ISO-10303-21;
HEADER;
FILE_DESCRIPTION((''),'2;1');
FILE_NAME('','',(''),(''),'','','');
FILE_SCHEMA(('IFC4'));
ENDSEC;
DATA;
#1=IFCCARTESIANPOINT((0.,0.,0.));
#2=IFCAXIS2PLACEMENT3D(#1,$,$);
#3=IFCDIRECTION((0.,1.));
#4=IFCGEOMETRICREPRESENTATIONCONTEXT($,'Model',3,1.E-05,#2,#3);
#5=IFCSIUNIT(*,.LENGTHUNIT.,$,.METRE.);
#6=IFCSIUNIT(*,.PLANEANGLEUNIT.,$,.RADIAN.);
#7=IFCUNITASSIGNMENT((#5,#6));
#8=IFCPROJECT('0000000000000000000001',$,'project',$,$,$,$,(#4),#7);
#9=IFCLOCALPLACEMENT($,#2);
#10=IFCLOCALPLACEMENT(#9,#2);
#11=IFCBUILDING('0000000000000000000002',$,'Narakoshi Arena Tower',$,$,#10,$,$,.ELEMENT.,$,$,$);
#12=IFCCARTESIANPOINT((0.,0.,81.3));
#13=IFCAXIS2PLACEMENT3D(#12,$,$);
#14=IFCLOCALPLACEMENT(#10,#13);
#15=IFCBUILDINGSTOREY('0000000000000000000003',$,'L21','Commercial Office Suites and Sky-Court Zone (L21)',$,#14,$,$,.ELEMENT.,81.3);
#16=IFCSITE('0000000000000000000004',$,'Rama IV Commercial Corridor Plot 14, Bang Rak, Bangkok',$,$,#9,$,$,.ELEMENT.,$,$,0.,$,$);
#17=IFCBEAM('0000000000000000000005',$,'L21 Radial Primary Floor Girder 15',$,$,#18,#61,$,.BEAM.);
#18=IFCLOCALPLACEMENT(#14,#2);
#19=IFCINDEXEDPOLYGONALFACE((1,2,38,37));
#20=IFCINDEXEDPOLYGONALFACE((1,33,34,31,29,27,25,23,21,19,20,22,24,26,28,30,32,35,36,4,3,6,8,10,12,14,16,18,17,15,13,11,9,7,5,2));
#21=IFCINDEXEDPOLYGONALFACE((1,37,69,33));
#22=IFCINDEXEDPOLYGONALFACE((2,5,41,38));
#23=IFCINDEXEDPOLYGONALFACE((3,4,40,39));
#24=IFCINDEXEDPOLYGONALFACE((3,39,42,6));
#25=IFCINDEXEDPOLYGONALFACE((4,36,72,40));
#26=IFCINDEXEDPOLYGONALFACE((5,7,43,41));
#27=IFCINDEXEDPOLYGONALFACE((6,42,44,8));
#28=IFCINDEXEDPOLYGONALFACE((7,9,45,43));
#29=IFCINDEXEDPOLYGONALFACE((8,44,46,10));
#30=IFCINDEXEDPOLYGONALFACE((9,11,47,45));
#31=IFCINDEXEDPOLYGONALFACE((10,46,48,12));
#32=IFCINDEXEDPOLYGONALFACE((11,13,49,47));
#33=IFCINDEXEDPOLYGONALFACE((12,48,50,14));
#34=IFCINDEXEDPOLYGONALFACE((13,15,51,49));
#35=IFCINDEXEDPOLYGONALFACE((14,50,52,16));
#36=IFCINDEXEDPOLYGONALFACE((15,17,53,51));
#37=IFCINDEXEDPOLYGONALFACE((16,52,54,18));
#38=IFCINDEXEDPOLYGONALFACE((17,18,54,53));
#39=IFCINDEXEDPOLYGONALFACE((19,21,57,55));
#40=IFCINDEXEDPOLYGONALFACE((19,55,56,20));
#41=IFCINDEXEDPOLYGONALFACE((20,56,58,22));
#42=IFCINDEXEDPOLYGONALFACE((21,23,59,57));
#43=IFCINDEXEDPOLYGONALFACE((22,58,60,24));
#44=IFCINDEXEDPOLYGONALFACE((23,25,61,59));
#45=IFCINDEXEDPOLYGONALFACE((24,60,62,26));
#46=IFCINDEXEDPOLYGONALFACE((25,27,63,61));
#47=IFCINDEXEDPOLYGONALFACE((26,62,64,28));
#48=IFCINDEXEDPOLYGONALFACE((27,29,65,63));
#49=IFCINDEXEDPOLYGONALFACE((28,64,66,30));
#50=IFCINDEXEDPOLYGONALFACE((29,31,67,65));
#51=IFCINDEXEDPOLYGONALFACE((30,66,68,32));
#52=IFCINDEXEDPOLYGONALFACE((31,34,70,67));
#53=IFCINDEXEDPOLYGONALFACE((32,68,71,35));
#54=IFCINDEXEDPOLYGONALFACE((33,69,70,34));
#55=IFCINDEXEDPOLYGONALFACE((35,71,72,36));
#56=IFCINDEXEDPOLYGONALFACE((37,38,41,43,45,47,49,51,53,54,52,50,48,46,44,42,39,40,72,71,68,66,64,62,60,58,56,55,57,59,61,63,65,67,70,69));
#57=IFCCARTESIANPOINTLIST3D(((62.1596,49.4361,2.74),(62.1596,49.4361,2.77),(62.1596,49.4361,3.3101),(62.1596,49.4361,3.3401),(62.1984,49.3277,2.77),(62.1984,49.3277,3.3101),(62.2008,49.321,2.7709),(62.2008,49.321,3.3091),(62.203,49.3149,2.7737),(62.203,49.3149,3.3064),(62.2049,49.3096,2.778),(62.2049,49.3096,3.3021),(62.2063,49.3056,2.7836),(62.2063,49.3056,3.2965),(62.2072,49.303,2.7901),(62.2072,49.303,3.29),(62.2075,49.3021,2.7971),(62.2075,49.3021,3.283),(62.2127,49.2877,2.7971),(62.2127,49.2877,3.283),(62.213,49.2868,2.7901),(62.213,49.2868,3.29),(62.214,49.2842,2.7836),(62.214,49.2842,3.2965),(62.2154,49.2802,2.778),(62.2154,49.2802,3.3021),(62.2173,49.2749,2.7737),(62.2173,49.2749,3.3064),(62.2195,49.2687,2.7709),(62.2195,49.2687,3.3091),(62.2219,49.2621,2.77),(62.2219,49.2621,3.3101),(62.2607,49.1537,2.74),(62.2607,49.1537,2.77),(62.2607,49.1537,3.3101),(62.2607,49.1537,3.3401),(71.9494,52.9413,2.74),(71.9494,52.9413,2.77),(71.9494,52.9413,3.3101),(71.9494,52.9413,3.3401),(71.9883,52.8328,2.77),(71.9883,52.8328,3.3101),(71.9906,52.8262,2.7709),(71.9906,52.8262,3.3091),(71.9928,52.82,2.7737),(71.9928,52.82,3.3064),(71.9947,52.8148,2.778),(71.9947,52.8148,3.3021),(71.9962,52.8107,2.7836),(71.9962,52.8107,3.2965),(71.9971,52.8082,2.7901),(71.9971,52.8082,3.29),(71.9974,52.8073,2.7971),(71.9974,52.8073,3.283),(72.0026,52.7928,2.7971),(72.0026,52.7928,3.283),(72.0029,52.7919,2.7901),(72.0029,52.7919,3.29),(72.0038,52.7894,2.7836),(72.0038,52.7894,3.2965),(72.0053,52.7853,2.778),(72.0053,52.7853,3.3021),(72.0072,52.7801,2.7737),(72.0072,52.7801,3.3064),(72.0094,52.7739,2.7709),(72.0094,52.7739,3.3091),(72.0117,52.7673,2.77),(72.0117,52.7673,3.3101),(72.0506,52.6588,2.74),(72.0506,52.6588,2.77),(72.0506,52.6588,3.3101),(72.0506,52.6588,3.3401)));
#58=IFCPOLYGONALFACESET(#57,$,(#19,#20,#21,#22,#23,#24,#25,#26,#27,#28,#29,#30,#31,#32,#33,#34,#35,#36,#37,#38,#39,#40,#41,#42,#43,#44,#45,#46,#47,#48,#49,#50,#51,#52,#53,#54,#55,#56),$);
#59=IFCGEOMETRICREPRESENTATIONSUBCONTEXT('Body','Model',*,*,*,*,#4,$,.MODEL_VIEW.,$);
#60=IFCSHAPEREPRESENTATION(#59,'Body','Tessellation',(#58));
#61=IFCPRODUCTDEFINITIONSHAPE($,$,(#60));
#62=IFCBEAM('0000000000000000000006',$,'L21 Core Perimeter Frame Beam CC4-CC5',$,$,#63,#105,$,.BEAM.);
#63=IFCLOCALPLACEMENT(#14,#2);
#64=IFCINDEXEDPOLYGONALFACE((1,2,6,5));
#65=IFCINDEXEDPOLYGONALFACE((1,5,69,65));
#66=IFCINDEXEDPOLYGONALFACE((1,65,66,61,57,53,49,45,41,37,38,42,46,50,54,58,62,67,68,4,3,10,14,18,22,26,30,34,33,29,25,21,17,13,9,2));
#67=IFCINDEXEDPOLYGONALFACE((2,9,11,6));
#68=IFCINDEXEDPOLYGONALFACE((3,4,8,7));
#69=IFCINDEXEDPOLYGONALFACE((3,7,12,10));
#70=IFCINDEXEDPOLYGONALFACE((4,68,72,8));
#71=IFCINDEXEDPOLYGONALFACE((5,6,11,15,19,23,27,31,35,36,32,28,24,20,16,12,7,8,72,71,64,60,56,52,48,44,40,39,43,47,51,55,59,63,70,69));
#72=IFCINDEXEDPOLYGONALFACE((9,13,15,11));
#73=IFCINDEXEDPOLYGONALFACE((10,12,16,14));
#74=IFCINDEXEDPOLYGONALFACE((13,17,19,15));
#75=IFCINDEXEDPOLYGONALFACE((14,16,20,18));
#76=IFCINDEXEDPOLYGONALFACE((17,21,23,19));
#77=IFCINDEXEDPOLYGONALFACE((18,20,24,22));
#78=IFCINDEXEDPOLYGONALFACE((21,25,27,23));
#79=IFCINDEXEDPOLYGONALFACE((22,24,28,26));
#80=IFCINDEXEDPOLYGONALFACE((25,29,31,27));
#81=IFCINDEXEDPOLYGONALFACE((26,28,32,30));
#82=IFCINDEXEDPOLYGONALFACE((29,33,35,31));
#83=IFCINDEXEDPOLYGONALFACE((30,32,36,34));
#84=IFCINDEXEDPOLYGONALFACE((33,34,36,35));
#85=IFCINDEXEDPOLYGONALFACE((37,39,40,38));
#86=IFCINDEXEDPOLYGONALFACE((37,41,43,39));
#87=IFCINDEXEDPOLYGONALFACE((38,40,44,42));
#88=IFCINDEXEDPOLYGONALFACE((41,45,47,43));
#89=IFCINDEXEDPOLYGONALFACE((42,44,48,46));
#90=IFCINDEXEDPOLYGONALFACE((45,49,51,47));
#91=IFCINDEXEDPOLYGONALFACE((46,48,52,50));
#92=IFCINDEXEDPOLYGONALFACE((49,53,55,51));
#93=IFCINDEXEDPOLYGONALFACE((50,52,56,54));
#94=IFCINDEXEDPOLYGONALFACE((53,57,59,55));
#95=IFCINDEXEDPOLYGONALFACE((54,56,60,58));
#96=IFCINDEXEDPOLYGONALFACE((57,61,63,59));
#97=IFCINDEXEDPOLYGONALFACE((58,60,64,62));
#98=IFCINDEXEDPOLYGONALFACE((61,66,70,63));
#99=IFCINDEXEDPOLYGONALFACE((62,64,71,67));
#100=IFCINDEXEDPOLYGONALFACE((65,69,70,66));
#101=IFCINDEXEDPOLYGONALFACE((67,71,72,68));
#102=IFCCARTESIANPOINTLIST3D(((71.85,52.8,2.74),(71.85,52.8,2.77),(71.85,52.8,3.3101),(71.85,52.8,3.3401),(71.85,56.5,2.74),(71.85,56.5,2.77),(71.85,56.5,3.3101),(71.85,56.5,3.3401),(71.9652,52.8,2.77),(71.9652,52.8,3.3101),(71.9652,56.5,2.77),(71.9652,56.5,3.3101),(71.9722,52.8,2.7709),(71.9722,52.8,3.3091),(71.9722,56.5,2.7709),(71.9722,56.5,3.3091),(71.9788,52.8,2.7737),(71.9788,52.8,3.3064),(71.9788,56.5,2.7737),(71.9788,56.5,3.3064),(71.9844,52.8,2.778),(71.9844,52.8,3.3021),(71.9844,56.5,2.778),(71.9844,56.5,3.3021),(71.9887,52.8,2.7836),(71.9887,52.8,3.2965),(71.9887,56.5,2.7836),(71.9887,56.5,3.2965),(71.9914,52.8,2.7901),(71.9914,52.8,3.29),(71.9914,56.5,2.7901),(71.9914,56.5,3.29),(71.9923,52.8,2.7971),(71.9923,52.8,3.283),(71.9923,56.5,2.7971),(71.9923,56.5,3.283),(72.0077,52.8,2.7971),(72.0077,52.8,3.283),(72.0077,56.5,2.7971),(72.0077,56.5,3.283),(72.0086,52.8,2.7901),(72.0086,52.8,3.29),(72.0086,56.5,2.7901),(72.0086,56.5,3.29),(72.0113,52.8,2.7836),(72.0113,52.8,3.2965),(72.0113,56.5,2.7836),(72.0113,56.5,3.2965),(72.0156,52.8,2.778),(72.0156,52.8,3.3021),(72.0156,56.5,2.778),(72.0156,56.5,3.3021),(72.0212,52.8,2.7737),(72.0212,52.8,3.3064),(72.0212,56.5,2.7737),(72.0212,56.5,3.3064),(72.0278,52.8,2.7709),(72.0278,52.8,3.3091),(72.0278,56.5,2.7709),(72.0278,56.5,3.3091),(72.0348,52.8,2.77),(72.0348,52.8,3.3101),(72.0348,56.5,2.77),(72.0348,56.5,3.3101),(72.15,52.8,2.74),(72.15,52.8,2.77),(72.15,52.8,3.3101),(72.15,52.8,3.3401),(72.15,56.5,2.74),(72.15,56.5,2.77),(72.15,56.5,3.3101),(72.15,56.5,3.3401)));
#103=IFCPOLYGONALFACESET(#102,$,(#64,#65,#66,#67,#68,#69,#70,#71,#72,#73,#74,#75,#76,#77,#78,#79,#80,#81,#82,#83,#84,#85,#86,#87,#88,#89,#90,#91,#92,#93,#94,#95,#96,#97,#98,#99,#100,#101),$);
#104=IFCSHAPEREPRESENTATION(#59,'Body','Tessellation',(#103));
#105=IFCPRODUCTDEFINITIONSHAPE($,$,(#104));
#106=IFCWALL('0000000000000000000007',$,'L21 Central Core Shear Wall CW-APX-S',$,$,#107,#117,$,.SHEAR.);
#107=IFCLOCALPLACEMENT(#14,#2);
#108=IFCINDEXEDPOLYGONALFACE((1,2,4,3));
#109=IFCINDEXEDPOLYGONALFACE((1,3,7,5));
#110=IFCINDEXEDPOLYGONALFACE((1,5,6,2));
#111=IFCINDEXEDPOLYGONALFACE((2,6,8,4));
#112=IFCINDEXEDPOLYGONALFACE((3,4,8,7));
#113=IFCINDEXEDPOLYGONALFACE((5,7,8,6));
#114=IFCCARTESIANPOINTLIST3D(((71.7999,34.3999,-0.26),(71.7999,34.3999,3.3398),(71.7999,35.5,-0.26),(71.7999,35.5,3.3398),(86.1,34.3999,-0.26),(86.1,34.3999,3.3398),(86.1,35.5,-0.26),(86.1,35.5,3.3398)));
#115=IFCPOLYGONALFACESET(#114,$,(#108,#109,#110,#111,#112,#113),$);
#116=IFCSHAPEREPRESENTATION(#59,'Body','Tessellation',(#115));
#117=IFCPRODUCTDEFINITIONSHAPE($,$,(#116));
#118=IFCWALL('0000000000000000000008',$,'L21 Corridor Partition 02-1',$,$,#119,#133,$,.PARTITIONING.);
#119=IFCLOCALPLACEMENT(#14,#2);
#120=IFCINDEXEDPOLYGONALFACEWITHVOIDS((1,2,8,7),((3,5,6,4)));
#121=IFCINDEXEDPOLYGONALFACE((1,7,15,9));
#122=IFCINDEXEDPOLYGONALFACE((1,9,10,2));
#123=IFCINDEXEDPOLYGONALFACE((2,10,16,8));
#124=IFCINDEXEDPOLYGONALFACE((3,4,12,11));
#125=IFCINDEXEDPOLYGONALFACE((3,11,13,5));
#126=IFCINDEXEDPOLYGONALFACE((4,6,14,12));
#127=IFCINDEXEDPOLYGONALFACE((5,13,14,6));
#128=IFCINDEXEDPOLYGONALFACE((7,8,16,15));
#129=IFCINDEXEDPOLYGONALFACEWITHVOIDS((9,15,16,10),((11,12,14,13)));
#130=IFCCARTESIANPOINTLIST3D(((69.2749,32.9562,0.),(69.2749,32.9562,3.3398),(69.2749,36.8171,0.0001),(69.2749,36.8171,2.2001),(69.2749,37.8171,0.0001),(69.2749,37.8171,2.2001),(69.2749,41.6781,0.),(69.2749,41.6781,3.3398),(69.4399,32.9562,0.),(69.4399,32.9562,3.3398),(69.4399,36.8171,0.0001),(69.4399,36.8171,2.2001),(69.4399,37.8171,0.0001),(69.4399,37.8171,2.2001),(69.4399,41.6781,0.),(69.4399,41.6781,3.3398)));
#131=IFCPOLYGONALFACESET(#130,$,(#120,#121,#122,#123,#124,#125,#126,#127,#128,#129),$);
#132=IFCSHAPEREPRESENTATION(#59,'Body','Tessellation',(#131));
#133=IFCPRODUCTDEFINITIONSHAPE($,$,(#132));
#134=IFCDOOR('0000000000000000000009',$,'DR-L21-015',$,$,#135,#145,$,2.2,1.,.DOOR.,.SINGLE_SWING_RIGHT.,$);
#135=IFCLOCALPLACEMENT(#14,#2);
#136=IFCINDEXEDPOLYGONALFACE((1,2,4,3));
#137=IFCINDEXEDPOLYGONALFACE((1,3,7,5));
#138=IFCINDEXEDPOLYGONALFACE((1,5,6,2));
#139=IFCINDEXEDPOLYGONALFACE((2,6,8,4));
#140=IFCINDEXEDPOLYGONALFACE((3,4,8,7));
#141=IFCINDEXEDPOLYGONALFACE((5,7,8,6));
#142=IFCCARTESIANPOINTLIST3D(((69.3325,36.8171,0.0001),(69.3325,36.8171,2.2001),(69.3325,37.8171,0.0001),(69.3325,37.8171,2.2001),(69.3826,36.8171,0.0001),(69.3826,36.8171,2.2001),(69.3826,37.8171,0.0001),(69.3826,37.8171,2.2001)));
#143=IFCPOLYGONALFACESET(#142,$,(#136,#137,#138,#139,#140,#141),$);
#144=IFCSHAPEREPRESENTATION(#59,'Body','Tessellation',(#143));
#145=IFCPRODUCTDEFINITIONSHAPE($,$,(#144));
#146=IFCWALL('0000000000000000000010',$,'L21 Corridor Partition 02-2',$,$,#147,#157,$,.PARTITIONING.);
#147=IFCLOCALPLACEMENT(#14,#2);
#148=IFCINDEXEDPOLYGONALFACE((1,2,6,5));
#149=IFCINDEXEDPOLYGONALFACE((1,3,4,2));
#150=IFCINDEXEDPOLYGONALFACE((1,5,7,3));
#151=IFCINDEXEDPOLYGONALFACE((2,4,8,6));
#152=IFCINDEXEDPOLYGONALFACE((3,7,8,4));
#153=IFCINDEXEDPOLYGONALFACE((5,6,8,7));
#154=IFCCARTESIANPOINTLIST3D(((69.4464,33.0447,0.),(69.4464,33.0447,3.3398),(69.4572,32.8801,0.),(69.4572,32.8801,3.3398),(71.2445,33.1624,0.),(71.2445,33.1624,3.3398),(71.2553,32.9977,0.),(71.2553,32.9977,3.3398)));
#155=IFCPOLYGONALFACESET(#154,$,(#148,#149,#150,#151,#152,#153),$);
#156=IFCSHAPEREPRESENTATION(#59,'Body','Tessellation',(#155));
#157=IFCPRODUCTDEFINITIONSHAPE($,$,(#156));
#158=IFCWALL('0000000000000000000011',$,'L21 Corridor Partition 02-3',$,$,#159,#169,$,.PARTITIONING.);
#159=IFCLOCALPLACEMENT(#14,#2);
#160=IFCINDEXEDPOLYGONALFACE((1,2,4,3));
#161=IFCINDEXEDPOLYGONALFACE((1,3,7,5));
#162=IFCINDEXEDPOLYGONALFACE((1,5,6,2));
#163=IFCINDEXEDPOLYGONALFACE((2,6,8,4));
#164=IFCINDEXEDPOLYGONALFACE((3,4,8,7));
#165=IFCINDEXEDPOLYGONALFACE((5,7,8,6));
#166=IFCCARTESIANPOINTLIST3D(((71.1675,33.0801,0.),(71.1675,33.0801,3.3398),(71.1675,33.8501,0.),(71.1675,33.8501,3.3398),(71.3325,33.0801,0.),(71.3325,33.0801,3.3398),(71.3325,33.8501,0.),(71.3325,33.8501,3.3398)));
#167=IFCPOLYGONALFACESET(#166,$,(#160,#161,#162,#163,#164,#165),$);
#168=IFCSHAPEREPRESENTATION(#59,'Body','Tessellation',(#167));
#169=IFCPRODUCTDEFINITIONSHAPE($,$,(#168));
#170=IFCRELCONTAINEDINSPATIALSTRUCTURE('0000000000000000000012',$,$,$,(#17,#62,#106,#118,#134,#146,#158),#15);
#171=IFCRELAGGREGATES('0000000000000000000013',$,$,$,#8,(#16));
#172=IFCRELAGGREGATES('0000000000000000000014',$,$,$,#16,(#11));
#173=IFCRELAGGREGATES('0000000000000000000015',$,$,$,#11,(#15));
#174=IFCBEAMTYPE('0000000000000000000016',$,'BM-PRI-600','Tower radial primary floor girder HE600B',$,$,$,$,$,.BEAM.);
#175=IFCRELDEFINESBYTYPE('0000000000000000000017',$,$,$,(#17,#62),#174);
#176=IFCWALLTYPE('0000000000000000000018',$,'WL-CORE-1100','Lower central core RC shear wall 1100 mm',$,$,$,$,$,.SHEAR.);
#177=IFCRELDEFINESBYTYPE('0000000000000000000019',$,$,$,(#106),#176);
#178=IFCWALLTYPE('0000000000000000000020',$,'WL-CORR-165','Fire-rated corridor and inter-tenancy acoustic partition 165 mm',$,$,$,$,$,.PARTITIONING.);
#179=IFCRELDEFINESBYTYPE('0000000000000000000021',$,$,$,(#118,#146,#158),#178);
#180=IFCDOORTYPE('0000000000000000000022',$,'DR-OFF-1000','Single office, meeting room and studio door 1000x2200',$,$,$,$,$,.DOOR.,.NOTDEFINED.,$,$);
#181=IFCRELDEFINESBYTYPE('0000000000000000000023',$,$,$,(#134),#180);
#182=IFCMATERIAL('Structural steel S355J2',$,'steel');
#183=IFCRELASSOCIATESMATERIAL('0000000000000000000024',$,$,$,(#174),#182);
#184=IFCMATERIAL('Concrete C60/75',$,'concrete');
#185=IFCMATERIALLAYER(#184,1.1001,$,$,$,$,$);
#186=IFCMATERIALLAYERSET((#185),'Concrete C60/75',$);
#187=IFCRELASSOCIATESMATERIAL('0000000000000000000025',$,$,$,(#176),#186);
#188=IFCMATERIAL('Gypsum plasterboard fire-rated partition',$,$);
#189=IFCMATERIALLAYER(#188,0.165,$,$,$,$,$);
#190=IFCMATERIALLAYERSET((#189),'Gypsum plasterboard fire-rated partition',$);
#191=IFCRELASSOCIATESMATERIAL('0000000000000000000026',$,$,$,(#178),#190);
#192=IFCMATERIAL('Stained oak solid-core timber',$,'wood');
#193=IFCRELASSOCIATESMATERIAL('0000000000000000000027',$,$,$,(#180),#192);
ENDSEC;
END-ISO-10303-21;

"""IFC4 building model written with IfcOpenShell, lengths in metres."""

from ifc_helpers import new_model, si_unit, direction, frame, frame_2d, origin, origin_2d, place, context, subcontext, project, spatial, rectangle, i_section, extrude, material, layer, layer_set, material_profile, profile_set, type_object, element, fill, save


model = new_model("IFC4")

# Units and contexts
model_context = context("Model", 3, precision=1e-05, world=origin(), true_north=direction((0.0, 1.0)))
body_context = subcontext(model_context, "Body", "Model", "MODEL_VIEW")
ifc_project = project(units=[si_unit("LENGTHUNIT", "METRE"), si_unit("PLANEANGLEUNIT", "RADIAN")], contexts=[model_context])

# Site, building, storey
site_placement = place(None, origin())
site = spatial("IfcSite", under=ifc_project, at=site_placement, Name="Rama IV Commercial Corridor Plot 14, Bang Rak, Bangkok", CompositionType="ELEMENT", RefElevation=0.0)
building_placement = place(site_placement, origin())
building = spatial("IfcBuilding", under=site, at=building_placement, Name="Narakoshi Arena Tower", CompositionType="ELEMENT")
storey_placement = place(building_placement, frame((0.0, 0.0, 81.3)))
storey = spatial("IfcBuildingStorey", under=building, at=storey_placement, Name="L21", Description="Commercial Office Suites and Sky-Court Zone (L21)", CompositionType="ELEMENT", Elevation=81.3)

# Shared definitions
ifc_material_1 = material(Name="Concrete C60/75", Category="concrete")

# Beams
ifc_material_2 = material(Name="Structural steel S355J2", Category="steel")
ifc_material_profile_1 = material_profile(ifc_material_2, i_section(OverallWidth=0.3, OverallDepth=0.6001, WebThickness=0.0154, FlangeThickness=0.03, FilletRadius=0.0271, at=origin_2d()), Name="HE600B")
ifc_profile_set_1 = profile_set([ifc_material_profile_1], Name="Structural steel S355J2")
beam_type = type_object("IfcBeamType", Name="BM-PRI-600", Description="Tower radial primary floor girder HE600B", PredefinedType="BEAM", material=ifc_profile_set_1)
beam_1_placement = place(storey_placement, frame((72.0, 52.8, 3.04), z_axis=(-0.941474, -0.337084, 0.0), x_axis=(0.337084, -0.941474, 0.0)))
element("IfcBeam", 1, at=beam_1_placement, inside=storey, type_object=beam_type, Name="L21 Radial Primary Floor Girder 15", PredefinedType="BEAM", context=body_context, shape_type="SweptSolid", body=[
    extrude(i_section(OverallWidth=0.3, OverallDepth=0.6001, WebThickness=0.0154, FlangeThickness=0.03, FilletRadius=0.0271, at=origin_2d()), origin(), (0.0, 0.0, 1.0), 10.3984),
])
beam_2_placement = place(storey_placement, frame((72.0, 52.8, 3.04), z_axis=(0.0, 1.0, 0.0), x_axis=(-1.0, 0.0, 0.0)))
element("IfcBeam", 2, at=beam_2_placement, inside=storey, type_object=beam_type, Name="L21 Core Perimeter Frame Beam CC4-CC5", PredefinedType="BEAM", context=body_context, shape_type="SweptSolid", body=[
    extrude(i_section(OverallWidth=0.3, OverallDepth=0.6001, WebThickness=0.0154, FlangeThickness=0.03, FilletRadius=0.0271, at=origin_2d()), origin(), (0.0, 0.0, 1.0), 3.7),
])

# Wall
ifc_layer_1 = layer(ifc_material_1, 1.1001)
ifc_layer_set_1 = layer_set([ifc_layer_1], Name="Concrete C60/75")
wall_type_1 = type_object("IfcWallType", Name="WL-CORE-1100", Description="Lower central core RC shear wall 1100 mm", PredefinedType="SHEAR", material=ifc_layer_set_1)
wall_1_placement = place(storey_placement, frame((71.8, 34.95, -0.26), z_axis=(0.0, 0.0, 1.0), x_axis=(1.0, 0.0, 0.0)))
element("IfcWall", 3, at=wall_1_placement, inside=storey, type_object=wall_type_1, Name="L21 Central Core Shear Wall CW-APX-S", PredefinedType="SHEAR", context=body_context, shape_type="SweptSolid", body=[
    extrude(rectangle(XDim=14.3, YDim=1.1001, at=frame_2d((7.1499, 0.0))), origin(), (0.0, 0.0, 1.0), 3.5999),
])

# Wall, opening, door
ifc_material_3 = material(Name="Gypsum plasterboard fire-rated partition")
ifc_layer_2 = layer(ifc_material_3, 0.165)
ifc_layer_set_2 = layer_set([ifc_layer_2], Name="Gypsum plasterboard fire-rated partition")
wall_type_2 = type_object("IfcWallType", Name="WL-CORR-165", Description="Fire-rated corridor and inter-tenancy acoustic partition 165 mm", PredefinedType="PARTITIONING", material=ifc_layer_set_2)
wall_2_placement = place(storey_placement, frame((69.3574, 41.678, 0.0), z_axis=(0.0, 0.0, 1.0), x_axis=(0.0, -1.0, 0.0)))
wall_2 = element("IfcWall", 4, at=wall_2_placement, inside=storey, type_object=wall_type_2, Name="L21 Corridor Partition 02-1", PredefinedType="PARTITIONING", context=body_context, shape_type="SweptSolid", body=[
    extrude(rectangle(XDim=8.7219, YDim=0.165, at=frame_2d((4.3608, 0.0))), origin(), (0.0, 0.0, 1.0), 3.3398),
])
opening_1_placement = place(wall_2_placement, frame((3.8608, 0.0, 0.0)))
opening_1 = element("IfcOpeningElement", 5, at=opening_1_placement, cuts=wall_2, PredefinedType="OPENING", context=body_context, shape_type="SweptSolid", body=[
    extrude(rectangle(XDim=1.0, YDim=2.2, at=frame_2d((0.5, 1.1001))), frame((0.0, 0.0925, 0.0), z_axis=(0.0, -1.0, 0.0), x_axis=(1.0, 0.0, 0.0)), (0.0, 0.0, 1.0), 0.1851),
])
ifc_material_4 = material(Name="Stained oak solid-core timber", Category="wood")
door_type_1 = type_object("IfcDoorType", Name="DR-OFF-1000", Description="Single office, meeting room and studio door 1000x2200", OperationType="NOTDEFINED", PredefinedType="DOOR", material=ifc_material_4)
door_1_placement = place(opening_1_placement, frame((1.0, 0.0, 0.0), z_axis=(0.0, 0.0, 1.0), x_axis=(-1.0, 0.0, 0.0)))
door_1 = element("IfcDoor", 6, at=door_1_placement, inside=storey, type_object=door_type_1, Name="DR-L21-015", OperationType="SINGLE_SWING_RIGHT", OverallHeight=2.2, OverallWidth=1.0, PredefinedType="DOOR", context=body_context, shape_type="SweptSolid", body=[
    extrude(rectangle(XDim=1.0, YDim=2.2, at=frame_2d((0.5, 1.1001))), frame((0.0, 0.0249, 0.0), z_axis=(0.0, -1.0, 0.0), x_axis=(1.0, 0.0, 0.0)), (0.0, 0.0, 1.0), 0.05),
])
fill(opening_1, door_1)

# Walls
wall_3_placement = place(storey_placement, frame((69.4519, 32.9624, 0.0), z_axis=(0.0, 0.0, 1.0), x_axis=(0.997865, 0.065305, 0.0)))
element("IfcWall", 7, at=wall_3_placement, inside=storey, type_object=wall_type_2, Name="L21 Corridor Partition 02-2", PredefinedType="PARTITIONING", context=body_context, shape_type="SweptSolid", body=[
    extrude(rectangle(XDim=1.802, YDim=0.165, at=frame_2d((0.9009, 0.0))), origin(), (0.0, 0.0, 1.0), 3.3398),
])
wall_4_placement = place(storey_placement, frame((71.25, 33.0801, 0.0), z_axis=(0.0, 0.0, 1.0), x_axis=(0.0, 1.0, 0.0)))
element("IfcWall", 8, at=wall_4_placement, inside=storey, type_object=wall_type_2, Name="L21 Corridor Partition 02-3", PredefinedType="PARTITIONING", context=body_context, shape_type="SweptSolid", body=[
    extrude(rectangle(XDim=0.77, YDim=0.165, at=frame_2d((0.385, 0.0))), origin(), (0.0, 0.0, 1.0), 3.3398),
])

save(model, "model.ifc")
